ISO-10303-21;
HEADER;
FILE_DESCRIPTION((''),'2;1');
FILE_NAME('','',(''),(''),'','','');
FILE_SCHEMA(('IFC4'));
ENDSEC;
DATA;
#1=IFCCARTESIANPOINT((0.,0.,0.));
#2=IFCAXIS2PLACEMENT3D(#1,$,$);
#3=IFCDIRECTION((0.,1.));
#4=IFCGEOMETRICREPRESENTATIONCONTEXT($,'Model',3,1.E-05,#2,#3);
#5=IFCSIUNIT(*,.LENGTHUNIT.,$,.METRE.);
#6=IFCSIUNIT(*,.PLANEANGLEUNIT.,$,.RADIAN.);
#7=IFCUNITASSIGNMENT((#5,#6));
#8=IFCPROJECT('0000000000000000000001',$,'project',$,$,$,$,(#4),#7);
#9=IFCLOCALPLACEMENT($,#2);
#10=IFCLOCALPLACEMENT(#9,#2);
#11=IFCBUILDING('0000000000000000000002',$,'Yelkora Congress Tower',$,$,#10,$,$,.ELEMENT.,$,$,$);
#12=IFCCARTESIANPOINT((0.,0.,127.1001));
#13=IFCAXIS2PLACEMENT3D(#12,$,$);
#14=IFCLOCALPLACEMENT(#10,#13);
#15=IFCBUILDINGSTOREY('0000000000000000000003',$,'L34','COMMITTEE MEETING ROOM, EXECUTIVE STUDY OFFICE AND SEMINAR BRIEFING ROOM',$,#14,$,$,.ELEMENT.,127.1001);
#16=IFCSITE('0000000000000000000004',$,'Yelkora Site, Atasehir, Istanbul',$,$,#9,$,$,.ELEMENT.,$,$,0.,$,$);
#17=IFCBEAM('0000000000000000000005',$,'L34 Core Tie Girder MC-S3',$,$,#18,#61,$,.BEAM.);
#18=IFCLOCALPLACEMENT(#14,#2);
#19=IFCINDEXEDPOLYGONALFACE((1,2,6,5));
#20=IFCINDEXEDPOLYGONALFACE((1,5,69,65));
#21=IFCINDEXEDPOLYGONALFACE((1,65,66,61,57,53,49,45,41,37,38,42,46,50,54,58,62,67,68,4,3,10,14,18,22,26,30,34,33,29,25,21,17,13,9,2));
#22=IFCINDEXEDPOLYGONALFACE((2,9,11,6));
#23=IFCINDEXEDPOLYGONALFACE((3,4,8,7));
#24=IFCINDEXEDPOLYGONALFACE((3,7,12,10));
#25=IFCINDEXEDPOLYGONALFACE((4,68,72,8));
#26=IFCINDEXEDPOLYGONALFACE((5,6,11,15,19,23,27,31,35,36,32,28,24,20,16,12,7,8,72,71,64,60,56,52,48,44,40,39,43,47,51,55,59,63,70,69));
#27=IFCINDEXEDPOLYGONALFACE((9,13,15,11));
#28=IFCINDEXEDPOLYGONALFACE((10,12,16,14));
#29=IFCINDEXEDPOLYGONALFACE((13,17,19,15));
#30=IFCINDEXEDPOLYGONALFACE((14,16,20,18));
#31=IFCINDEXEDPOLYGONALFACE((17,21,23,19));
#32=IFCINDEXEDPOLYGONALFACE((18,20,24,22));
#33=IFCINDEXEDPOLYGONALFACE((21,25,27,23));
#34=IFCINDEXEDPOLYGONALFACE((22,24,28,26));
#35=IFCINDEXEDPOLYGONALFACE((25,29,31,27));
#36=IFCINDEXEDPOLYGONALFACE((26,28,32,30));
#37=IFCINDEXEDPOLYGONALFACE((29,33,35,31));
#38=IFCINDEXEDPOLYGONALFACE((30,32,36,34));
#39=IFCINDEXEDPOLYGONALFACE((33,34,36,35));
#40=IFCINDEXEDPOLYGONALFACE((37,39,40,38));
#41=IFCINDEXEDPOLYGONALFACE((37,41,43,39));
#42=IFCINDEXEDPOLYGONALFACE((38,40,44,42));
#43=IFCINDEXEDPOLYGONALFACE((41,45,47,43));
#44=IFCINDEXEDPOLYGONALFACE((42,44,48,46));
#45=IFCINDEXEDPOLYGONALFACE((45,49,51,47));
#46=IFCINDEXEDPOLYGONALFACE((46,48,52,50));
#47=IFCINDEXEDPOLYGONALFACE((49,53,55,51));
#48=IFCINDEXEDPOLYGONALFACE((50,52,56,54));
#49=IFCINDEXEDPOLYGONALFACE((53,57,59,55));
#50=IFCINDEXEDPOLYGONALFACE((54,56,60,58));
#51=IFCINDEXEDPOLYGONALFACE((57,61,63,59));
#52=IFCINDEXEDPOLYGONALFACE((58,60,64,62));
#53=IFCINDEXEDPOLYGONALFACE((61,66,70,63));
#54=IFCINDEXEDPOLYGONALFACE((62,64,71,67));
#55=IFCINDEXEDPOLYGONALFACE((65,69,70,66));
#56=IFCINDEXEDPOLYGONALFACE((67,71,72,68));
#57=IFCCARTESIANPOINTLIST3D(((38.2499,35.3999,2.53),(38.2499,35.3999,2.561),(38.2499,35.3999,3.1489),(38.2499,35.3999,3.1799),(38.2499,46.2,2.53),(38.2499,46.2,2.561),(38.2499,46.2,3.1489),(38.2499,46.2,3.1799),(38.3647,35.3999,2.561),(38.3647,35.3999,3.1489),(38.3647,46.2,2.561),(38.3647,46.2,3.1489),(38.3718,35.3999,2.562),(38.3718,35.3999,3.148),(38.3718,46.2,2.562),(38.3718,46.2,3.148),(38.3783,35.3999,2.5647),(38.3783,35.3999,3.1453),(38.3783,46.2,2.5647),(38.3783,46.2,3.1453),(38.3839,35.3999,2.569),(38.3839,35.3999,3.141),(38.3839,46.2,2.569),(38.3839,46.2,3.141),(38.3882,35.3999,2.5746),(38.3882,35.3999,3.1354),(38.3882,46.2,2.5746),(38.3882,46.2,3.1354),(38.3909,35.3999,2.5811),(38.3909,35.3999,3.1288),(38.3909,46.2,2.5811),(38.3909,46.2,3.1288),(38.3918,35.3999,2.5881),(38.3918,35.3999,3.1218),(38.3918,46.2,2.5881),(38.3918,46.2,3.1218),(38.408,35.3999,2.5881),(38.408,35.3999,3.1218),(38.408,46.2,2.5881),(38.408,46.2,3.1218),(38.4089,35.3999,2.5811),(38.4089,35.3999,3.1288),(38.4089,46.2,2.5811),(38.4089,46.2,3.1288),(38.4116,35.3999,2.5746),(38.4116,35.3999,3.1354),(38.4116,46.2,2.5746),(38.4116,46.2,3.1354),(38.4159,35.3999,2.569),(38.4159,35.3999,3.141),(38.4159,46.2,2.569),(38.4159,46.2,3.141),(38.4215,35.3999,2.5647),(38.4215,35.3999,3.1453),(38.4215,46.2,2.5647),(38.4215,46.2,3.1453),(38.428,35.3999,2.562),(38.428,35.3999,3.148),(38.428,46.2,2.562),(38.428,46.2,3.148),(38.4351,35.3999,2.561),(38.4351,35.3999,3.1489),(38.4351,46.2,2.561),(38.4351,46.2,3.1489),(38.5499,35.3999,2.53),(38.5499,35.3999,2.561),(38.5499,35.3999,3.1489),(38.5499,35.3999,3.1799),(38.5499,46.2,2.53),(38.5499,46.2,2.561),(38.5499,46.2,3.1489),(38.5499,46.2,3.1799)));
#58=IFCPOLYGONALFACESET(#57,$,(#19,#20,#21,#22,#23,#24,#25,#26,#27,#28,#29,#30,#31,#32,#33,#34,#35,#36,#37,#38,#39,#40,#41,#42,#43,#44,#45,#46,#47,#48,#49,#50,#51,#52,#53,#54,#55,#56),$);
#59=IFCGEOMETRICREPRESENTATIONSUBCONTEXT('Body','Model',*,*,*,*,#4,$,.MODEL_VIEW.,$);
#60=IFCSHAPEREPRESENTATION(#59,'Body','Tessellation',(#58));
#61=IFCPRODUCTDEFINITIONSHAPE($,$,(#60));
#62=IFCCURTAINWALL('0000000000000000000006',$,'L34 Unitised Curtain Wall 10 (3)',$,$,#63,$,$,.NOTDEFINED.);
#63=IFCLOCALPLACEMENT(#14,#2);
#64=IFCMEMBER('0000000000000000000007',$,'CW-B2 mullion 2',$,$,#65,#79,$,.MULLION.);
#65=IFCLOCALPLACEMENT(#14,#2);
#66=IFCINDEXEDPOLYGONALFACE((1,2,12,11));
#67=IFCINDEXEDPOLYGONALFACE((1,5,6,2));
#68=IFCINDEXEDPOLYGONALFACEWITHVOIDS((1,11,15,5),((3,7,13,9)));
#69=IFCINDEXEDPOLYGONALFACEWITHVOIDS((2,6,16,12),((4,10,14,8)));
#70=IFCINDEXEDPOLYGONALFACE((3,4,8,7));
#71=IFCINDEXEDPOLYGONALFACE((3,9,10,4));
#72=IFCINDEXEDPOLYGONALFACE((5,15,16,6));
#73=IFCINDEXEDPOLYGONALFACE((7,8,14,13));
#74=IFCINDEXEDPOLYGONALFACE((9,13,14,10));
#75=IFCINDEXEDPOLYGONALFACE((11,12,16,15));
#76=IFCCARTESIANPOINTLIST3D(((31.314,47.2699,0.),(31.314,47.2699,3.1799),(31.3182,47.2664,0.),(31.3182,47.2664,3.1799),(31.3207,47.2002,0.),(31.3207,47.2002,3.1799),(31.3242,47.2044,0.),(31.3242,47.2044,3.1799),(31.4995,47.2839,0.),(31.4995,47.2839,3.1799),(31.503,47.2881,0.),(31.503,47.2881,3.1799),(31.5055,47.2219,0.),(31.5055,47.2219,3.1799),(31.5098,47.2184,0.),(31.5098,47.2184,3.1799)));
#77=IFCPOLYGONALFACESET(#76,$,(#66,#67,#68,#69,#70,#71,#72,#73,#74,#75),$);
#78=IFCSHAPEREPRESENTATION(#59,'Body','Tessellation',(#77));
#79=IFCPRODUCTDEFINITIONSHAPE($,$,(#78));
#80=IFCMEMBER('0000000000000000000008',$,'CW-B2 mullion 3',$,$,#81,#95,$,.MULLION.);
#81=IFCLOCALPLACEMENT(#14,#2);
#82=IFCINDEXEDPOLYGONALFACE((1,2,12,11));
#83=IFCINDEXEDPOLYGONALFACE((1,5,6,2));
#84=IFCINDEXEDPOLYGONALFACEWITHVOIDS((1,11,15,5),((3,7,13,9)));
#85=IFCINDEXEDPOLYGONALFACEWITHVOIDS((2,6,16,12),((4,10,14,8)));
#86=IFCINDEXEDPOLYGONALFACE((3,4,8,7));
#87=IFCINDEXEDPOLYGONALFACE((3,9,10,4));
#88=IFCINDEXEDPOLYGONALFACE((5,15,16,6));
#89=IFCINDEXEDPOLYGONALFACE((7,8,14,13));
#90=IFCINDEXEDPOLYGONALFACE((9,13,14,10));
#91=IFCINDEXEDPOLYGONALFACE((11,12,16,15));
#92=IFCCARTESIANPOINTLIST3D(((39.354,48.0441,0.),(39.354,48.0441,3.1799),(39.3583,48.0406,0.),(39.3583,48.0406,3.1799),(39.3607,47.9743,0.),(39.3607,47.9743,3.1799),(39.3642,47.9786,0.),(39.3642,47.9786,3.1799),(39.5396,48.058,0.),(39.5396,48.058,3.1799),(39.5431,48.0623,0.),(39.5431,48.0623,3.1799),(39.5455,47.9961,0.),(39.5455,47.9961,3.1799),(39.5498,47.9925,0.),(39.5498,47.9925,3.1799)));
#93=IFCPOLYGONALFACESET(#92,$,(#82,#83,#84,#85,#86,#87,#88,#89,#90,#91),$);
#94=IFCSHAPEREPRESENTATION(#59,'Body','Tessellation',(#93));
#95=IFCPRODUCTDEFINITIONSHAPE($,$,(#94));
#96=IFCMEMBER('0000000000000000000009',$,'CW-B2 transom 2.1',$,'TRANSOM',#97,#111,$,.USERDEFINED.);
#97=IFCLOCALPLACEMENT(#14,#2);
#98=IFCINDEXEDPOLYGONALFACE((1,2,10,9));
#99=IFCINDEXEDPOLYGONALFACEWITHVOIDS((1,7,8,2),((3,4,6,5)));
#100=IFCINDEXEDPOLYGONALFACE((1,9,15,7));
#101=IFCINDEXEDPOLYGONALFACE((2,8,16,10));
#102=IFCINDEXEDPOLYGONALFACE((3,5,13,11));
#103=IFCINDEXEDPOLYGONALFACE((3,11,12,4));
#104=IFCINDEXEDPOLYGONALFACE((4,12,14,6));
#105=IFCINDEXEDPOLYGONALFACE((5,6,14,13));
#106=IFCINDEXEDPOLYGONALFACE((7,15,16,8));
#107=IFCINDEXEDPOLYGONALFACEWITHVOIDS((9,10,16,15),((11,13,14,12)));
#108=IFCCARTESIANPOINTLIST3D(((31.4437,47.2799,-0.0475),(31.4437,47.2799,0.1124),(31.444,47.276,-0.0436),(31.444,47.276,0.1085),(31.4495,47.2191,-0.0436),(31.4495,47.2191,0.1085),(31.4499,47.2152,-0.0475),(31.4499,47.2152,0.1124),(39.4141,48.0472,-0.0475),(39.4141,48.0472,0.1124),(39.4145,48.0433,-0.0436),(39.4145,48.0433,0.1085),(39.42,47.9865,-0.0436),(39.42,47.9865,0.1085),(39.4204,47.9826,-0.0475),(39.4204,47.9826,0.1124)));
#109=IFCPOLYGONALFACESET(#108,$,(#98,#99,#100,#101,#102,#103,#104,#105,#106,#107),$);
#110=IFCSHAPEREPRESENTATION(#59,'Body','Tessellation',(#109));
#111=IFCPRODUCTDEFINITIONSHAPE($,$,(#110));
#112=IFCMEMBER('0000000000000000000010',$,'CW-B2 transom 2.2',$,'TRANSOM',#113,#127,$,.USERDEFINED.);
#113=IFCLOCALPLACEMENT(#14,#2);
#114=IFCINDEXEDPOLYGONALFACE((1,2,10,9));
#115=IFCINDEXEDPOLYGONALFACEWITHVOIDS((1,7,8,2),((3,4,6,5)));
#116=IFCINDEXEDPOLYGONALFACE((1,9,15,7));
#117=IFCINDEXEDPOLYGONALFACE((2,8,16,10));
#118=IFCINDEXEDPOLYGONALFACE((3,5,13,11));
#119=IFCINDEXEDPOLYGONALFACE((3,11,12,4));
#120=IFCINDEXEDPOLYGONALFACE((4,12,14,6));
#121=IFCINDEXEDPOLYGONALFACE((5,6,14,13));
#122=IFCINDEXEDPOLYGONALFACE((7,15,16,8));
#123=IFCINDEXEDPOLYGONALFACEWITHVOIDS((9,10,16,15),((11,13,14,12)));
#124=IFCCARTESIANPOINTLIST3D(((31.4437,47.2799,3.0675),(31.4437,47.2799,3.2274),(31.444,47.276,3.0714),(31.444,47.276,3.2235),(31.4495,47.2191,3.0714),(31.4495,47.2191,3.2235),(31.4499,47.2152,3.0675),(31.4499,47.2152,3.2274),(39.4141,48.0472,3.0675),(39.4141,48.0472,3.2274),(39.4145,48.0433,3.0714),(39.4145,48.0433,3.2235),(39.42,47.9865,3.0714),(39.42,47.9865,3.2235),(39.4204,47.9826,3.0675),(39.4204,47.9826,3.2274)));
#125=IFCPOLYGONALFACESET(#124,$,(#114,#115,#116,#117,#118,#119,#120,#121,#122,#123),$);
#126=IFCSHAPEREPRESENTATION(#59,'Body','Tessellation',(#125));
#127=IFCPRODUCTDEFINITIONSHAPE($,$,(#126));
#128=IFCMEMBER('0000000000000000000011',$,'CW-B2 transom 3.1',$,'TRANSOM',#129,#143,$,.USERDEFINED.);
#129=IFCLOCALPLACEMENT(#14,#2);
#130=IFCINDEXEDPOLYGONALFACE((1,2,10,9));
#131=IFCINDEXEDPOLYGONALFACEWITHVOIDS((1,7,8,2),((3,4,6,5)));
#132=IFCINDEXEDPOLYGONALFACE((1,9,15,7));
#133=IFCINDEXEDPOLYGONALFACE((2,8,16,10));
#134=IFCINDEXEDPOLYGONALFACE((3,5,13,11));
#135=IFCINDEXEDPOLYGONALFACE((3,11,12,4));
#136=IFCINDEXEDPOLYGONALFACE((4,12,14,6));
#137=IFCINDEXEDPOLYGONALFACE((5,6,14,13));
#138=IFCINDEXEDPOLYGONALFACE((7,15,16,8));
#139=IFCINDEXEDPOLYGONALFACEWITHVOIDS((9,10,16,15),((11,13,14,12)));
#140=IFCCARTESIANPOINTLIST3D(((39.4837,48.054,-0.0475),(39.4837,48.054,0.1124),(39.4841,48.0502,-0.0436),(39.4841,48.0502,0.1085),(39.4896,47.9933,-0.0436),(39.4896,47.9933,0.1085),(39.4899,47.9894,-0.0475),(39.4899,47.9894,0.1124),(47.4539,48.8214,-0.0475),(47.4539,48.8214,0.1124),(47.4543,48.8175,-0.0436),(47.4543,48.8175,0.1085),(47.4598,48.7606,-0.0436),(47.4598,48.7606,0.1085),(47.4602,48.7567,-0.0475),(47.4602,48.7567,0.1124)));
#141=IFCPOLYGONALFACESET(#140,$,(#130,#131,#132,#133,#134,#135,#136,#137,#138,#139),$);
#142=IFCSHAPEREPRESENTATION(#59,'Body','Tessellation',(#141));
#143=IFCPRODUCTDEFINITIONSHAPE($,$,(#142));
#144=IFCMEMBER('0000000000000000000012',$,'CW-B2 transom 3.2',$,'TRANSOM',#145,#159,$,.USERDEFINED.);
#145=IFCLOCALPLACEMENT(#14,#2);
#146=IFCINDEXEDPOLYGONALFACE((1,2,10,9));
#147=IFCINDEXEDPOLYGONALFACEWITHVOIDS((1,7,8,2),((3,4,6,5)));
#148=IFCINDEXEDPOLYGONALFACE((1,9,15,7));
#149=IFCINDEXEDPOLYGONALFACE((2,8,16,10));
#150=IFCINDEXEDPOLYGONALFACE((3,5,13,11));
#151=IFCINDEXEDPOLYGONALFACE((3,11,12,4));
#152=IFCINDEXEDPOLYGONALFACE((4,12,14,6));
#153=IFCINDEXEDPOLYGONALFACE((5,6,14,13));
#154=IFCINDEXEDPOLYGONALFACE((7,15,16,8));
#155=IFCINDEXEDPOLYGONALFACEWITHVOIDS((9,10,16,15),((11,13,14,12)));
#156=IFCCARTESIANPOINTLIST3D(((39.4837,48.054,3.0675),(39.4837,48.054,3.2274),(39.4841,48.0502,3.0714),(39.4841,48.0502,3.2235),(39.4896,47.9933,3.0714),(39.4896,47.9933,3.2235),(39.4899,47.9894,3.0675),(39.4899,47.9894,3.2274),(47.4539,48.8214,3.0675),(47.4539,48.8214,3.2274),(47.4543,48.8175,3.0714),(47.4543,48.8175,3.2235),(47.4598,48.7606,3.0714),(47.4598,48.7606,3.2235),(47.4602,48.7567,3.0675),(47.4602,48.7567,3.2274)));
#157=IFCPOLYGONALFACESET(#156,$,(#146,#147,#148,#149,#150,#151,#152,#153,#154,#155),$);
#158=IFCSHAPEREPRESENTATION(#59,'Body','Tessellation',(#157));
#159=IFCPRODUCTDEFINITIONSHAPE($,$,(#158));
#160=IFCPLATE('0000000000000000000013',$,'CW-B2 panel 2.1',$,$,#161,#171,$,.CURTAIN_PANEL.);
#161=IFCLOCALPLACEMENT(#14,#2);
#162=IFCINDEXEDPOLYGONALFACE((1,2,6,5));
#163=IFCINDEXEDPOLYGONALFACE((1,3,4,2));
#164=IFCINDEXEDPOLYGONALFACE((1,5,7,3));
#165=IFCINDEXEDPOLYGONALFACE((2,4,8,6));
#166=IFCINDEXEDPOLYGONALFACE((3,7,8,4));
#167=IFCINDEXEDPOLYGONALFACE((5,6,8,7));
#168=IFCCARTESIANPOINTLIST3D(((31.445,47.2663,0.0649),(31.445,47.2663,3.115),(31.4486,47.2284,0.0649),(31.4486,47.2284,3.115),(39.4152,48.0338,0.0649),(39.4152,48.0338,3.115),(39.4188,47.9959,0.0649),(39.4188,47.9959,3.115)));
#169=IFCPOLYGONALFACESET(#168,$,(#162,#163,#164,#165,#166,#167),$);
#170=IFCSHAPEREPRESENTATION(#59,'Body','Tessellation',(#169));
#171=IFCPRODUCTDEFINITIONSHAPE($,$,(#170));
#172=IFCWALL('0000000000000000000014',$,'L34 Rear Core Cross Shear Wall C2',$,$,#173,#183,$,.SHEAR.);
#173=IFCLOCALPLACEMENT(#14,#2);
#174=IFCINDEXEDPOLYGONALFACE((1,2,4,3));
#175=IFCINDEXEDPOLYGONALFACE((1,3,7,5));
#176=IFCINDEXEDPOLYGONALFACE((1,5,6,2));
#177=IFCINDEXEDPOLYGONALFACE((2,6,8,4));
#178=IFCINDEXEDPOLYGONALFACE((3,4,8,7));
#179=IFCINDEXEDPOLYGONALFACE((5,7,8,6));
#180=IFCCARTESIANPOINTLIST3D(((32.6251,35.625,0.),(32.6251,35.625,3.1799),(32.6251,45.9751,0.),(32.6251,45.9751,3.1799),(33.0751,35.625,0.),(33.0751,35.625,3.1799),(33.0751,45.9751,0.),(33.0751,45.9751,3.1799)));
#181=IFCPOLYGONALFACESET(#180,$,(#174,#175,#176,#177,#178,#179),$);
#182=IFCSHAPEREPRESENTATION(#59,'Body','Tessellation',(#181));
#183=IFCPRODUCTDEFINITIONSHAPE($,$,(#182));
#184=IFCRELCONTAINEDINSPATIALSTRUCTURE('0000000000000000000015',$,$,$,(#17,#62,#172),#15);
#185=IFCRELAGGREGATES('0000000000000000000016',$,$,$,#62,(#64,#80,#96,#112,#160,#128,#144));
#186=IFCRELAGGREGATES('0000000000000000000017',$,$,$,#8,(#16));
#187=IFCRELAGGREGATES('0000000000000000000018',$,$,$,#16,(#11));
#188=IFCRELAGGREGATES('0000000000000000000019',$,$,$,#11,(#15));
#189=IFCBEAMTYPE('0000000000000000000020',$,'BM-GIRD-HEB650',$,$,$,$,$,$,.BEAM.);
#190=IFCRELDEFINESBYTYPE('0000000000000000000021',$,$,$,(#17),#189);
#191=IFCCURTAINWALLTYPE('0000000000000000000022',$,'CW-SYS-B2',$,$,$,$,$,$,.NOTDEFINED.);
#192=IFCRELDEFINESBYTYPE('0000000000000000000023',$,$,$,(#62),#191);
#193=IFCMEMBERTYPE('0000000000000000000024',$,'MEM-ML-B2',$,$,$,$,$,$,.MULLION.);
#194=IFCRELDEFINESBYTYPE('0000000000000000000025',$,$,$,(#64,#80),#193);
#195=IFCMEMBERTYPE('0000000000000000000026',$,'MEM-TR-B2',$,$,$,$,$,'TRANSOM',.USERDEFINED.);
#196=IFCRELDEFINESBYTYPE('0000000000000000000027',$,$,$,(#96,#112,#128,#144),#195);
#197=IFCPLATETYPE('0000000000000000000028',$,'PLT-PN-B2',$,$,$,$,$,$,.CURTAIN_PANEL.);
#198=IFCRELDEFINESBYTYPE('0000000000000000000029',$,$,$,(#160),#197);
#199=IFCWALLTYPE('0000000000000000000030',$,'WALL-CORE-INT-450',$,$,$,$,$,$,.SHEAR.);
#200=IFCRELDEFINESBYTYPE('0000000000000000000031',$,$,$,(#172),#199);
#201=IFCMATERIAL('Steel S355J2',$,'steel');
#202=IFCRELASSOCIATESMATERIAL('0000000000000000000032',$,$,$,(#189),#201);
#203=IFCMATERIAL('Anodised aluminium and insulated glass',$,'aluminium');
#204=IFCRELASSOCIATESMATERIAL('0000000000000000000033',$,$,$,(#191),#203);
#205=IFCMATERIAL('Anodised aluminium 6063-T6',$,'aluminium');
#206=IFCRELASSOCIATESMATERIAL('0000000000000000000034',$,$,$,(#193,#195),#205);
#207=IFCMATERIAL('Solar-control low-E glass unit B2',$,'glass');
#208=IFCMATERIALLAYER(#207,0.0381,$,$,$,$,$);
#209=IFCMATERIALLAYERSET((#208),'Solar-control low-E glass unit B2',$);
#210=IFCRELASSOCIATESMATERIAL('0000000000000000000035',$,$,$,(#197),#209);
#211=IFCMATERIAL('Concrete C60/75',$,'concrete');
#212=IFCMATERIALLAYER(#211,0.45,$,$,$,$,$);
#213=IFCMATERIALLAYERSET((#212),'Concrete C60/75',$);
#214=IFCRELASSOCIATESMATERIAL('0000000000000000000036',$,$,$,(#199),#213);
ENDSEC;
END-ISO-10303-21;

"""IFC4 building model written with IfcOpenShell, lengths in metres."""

from ifc_helpers import new_model, si_unit, direction, frame, frame_2d, origin, origin_2d, place, context, subcontext, project, spatial, rectangle, hollow_rectangle, i_section, extrude, material, layer, layer_set, material_profile, profile_set, type_object, element, aggregate, save


model = new_model("IFC4")

# Units and contexts
model_context = context("Model", 3, precision=1e-05, world=origin(), true_north=direction((0.0, 1.0)))
body_context = subcontext(model_context, "Body", "Model", "MODEL_VIEW")
ifc_project = project(units=[si_unit("LENGTHUNIT", "METRE"), si_unit("PLANEANGLEUNIT", "RADIAN")], contexts=[model_context])

# Site, building, storey
site_placement = place(None, origin())
site = spatial("IfcSite", under=ifc_project, at=site_placement, Name="Yelkora Site, Atasehir, Istanbul", CompositionType="ELEMENT", RefElevation=0.0)
building_placement = place(site_placement, origin())
building = spatial("IfcBuilding", under=site, at=building_placement, Name="Yelkora Congress Tower", CompositionType="ELEMENT")
storey_placement = place(building_placement, frame((0.0, 0.0, 127.1001)))
storey = spatial("IfcBuildingStorey", under=building, at=storey_placement, Name="L34", Description="COMMITTEE MEETING ROOM, EXECUTIVE STUDY OFFICE AND SEMINAR BRIEFING ROOM", CompositionType="ELEMENT", Elevation=127.1001)

# Beam
ifc_material_1 = material(Name="Steel S355J2", Category="steel")
ifc_material_profile_1 = material_profile(ifc_material_1, i_section(OverallWidth=0.3, OverallDepth=0.6499, WebThickness=0.0161, FlangeThickness=0.031, FilletRadius=0.0271, at=origin_2d()), Name="HEB 650")
ifc_profile_set_1 = profile_set([ifc_material_profile_1], Name="Steel S355J2")
beam_type = type_object("IfcBeamType", Name="BM-GIRD-HEB650", PredefinedType="BEAM", material=ifc_profile_set_1)
beam_placement = place(storey_placement, frame((38.3999, 35.3999, 2.855), z_axis=(0.0, 1.0, 0.0), x_axis=(-1.0, 0.0, 0.0)))
element("IfcBeam", 1, at=beam_placement, inside=storey, type_object=beam_type, Name="L34 Core Tie Girder MC-S3", PredefinedType="BEAM", context=body_context, shape_type="SweptSolid", body=[
    extrude(i_section(OverallWidth=0.3, OverallDepth=0.6499, WebThickness=0.0161, FlangeThickness=0.031, FilletRadius=0.0271, at=origin_2d()), origin(), (0.0, 0.0, 1.0), 10.8),
])

# Curtain wall, members, plate
ifc_material_2 = material(Name="Anodised aluminium and insulated glass", Category="aluminium")
curtain_wall_type = type_object("IfcCurtainWallType", Name="CW-SYS-B2", PredefinedType="NOTDEFINED", material=ifc_material_2)
curtain_wall_placement = place(storey_placement, origin())
curtain_wall = element("IfcCurtainWall", 2, at=curtain_wall_placement, inside=storey, type_object=curtain_wall_type, Name="L34 Unitised Curtain Wall 10 (3)", PredefinedType="NOTDEFINED")
ifc_material_3 = material(Name="Anodised aluminium 6063-T6", Category="aluminium")
ifc_material_profile_2 = material_profile(ifc_material_3, hollow_rectangle(XDim=0.0701, YDim=0.1899, WallThickness=0.0039, at=origin_2d()), Name="ALU 70x190x4")
ifc_profile_set_2 = profile_set([ifc_material_profile_2], Name="Anodised aluminium 6063-T6")
member_type_1 = type_object("IfcMemberType", Name="MEM-ML-B2", PredefinedType="MULLION", material=ifc_profile_set_2)
member_1_placement = place(storey_placement, frame((31.4119, 47.2441, 0.0), z_axis=(0.0, 0.0, 1.0), x_axis=(-0.095844, 0.995396, 0.0)))
member_1 = element("IfcMember", 3, at=member_1_placement, type_object=member_type_1, Name="CW-B2 mullion 2", PredefinedType="MULLION", context=body_context, shape_type="SweptSolid", body=[
    extrude(hollow_rectangle(XDim=0.0701, YDim=0.1899, WallThickness=0.0039, at=origin_2d()), origin(), (0.0, 0.0, 1.0), 3.1799),
])
member_2_placement = place(storey_placement, frame((39.4519, 48.0183, 0.0), z_axis=(0.0, 0.0, 1.0), x_axis=(-0.095844, 0.995396, 0.0)))
member_2 = element("IfcMember", 4, at=member_2_placement, type_object=member_type_1, Name="CW-B2 mullion 3", PredefinedType="MULLION", context=body_context, shape_type="SweptSolid", body=[
    extrude(hollow_rectangle(XDim=0.0701, YDim=0.1899, WallThickness=0.0039, at=origin_2d()), origin(), (0.0, 0.0, 1.0), 3.1799),
])
ifc_material_profile_3 = material_profile(ifc_material_3, hollow_rectangle(XDim=0.0649, YDim=0.1599, WallThickness=0.0039, at=origin_2d()), Name="ALU 65x160x4")
ifc_profile_set_3 = profile_set([ifc_material_profile_3], Name="Anodised aluminium 6063-T6")
member_type_2 = type_object("IfcMemberType", Name="MEM-TR-B2", ElementType="TRANSOM", PredefinedType="USERDEFINED", material=ifc_profile_set_3)
member_3_placement = place(storey_placement, frame((31.4468, 47.2476, 0.0325), z_axis=(0.995398, 0.095829, 0.0), x_axis=(-0.095829, 0.995398, 0.0)))
member_3 = element("IfcMember", 5, at=member_3_placement, type_object=member_type_2, Name="CW-B2 transom 2.1", ObjectType="TRANSOM", PredefinedType="USERDEFINED", context=body_context, shape_type="SweptSolid", body=[
    extrude(hollow_rectangle(XDim=0.0649, YDim=0.1599, WallThickness=0.0039, at=origin_2d()), origin(), (0.0, 0.0, 1.0), 8.0073),
])
member_4_placement = place(storey_placement, frame((31.4468, 47.2476, 3.1475), z_axis=(0.995398, 0.095829, 0.0), x_axis=(-0.095829, 0.995398, 0.0)))
member_4 = element("IfcMember", 6, at=member_4_placement, type_object=member_type_2, Name="CW-B2 transom 2.2", ObjectType="TRANSOM", PredefinedType="USERDEFINED", context=body_context, shape_type="SweptSolid", body=[
    extrude(hollow_rectangle(XDim=0.0649, YDim=0.1599, WallThickness=0.0039, at=origin_2d()), origin(), (0.0, 0.0, 1.0), 8.0073),
])
member_5_placement = place(storey_placement, frame((39.4868, 48.0217, 0.0325), z_axis=(0.995398, 0.095832, 0.0), x_axis=(-0.095832, 0.995398, 0.0)))
member_5 = element("IfcMember", 7, at=member_5_placement, type_object=member_type_2, Name="CW-B2 transom 3.1", ObjectType="TRANSOM", PredefinedType="USERDEFINED", context=body_context, shape_type="SweptSolid", body=[
    extrude(hollow_rectangle(XDim=0.0649, YDim=0.1599, WallThickness=0.0039, at=origin_2d()), origin(), (0.0, 0.0, 1.0), 8.0071),
])
member_6_placement = place(storey_placement, frame((39.4868, 48.0217, 3.1475), z_axis=(0.995398, 0.095832, 0.0), x_axis=(-0.095832, 0.995398, 0.0)))
member_6 = element("IfcMember", 8, at=member_6_placement, type_object=member_type_2, Name="CW-B2 transom 3.2", ObjectType="TRANSOM", PredefinedType="USERDEFINED", context=body_context, shape_type="SweptSolid", body=[
    extrude(hollow_rectangle(XDim=0.0649, YDim=0.1599, WallThickness=0.0039, at=origin_2d()), origin(), (0.0, 0.0, 1.0), 8.0071),
])
ifc_material_4 = material(Name="Solar-control low-E glass unit B2", Category="glass")
ifc_layer_1 = layer(ifc_material_4, 0.0381)
ifc_layer_set_1 = layer_set([ifc_layer_1], Name="Solar-control low-E glass unit B2")
plate_type = type_object("IfcPlateType", Name="PLT-PN-B2", PredefinedType="CURTAIN_PANEL", material=ifc_layer_set_1)
plate_placement = place(storey_placement, frame((35.4319, 47.6311, 0.0649), z_axis=(0.0, 0.0, 1.0), x_axis=(0.995396, 0.095844, 0.0)))
plate = element("IfcPlate", 9, at=plate_placement, type_object=plate_type, Name="CW-B2 panel 2.1", PredefinedType="CURTAIN_PANEL", context=body_context, shape_type="SweptSolid", body=[
    extrude(rectangle(XDim=8.0071, YDim=0.0381, at=origin_2d()), origin(), (0.0, 0.0, 1.0), 3.05),
])
aggregate(curtain_wall, [member_1, member_2, member_3, member_4, plate, member_5, member_6])

# Wall
ifc_material_5 = material(Name="Concrete C60/75", Category="concrete")
ifc_layer_2 = layer(ifc_material_5, 0.45)
ifc_layer_set_2 = layer_set([ifc_layer_2], Name="Concrete C60/75")
wall_type_1 = type_object("IfcWallType", Name="WALL-CORE-INT-450", PredefinedType="SHEAR", material=ifc_layer_set_2)
wall_1_placement = place(storey_placement, frame((32.8501, 35.625, 0.0), z_axis=(0.0, 0.0, 1.0), x_axis=(0.0, 1.0, 0.0)))
element("IfcWall", 10, at=wall_1_placement, inside=storey, type_object=wall_type_1, Name="L34 Rear Core Cross Shear Wall C2", PredefinedType="SHEAR", context=body_context, shape_type="SweptSolid", body=[
    extrude(rectangle(XDim=10.3501, YDim=0.45, at=frame_2d((5.175, 0.0))), origin(), (0.0, 0.0, 1.0), 3.1799),
])

save(model, "model.ifc")
